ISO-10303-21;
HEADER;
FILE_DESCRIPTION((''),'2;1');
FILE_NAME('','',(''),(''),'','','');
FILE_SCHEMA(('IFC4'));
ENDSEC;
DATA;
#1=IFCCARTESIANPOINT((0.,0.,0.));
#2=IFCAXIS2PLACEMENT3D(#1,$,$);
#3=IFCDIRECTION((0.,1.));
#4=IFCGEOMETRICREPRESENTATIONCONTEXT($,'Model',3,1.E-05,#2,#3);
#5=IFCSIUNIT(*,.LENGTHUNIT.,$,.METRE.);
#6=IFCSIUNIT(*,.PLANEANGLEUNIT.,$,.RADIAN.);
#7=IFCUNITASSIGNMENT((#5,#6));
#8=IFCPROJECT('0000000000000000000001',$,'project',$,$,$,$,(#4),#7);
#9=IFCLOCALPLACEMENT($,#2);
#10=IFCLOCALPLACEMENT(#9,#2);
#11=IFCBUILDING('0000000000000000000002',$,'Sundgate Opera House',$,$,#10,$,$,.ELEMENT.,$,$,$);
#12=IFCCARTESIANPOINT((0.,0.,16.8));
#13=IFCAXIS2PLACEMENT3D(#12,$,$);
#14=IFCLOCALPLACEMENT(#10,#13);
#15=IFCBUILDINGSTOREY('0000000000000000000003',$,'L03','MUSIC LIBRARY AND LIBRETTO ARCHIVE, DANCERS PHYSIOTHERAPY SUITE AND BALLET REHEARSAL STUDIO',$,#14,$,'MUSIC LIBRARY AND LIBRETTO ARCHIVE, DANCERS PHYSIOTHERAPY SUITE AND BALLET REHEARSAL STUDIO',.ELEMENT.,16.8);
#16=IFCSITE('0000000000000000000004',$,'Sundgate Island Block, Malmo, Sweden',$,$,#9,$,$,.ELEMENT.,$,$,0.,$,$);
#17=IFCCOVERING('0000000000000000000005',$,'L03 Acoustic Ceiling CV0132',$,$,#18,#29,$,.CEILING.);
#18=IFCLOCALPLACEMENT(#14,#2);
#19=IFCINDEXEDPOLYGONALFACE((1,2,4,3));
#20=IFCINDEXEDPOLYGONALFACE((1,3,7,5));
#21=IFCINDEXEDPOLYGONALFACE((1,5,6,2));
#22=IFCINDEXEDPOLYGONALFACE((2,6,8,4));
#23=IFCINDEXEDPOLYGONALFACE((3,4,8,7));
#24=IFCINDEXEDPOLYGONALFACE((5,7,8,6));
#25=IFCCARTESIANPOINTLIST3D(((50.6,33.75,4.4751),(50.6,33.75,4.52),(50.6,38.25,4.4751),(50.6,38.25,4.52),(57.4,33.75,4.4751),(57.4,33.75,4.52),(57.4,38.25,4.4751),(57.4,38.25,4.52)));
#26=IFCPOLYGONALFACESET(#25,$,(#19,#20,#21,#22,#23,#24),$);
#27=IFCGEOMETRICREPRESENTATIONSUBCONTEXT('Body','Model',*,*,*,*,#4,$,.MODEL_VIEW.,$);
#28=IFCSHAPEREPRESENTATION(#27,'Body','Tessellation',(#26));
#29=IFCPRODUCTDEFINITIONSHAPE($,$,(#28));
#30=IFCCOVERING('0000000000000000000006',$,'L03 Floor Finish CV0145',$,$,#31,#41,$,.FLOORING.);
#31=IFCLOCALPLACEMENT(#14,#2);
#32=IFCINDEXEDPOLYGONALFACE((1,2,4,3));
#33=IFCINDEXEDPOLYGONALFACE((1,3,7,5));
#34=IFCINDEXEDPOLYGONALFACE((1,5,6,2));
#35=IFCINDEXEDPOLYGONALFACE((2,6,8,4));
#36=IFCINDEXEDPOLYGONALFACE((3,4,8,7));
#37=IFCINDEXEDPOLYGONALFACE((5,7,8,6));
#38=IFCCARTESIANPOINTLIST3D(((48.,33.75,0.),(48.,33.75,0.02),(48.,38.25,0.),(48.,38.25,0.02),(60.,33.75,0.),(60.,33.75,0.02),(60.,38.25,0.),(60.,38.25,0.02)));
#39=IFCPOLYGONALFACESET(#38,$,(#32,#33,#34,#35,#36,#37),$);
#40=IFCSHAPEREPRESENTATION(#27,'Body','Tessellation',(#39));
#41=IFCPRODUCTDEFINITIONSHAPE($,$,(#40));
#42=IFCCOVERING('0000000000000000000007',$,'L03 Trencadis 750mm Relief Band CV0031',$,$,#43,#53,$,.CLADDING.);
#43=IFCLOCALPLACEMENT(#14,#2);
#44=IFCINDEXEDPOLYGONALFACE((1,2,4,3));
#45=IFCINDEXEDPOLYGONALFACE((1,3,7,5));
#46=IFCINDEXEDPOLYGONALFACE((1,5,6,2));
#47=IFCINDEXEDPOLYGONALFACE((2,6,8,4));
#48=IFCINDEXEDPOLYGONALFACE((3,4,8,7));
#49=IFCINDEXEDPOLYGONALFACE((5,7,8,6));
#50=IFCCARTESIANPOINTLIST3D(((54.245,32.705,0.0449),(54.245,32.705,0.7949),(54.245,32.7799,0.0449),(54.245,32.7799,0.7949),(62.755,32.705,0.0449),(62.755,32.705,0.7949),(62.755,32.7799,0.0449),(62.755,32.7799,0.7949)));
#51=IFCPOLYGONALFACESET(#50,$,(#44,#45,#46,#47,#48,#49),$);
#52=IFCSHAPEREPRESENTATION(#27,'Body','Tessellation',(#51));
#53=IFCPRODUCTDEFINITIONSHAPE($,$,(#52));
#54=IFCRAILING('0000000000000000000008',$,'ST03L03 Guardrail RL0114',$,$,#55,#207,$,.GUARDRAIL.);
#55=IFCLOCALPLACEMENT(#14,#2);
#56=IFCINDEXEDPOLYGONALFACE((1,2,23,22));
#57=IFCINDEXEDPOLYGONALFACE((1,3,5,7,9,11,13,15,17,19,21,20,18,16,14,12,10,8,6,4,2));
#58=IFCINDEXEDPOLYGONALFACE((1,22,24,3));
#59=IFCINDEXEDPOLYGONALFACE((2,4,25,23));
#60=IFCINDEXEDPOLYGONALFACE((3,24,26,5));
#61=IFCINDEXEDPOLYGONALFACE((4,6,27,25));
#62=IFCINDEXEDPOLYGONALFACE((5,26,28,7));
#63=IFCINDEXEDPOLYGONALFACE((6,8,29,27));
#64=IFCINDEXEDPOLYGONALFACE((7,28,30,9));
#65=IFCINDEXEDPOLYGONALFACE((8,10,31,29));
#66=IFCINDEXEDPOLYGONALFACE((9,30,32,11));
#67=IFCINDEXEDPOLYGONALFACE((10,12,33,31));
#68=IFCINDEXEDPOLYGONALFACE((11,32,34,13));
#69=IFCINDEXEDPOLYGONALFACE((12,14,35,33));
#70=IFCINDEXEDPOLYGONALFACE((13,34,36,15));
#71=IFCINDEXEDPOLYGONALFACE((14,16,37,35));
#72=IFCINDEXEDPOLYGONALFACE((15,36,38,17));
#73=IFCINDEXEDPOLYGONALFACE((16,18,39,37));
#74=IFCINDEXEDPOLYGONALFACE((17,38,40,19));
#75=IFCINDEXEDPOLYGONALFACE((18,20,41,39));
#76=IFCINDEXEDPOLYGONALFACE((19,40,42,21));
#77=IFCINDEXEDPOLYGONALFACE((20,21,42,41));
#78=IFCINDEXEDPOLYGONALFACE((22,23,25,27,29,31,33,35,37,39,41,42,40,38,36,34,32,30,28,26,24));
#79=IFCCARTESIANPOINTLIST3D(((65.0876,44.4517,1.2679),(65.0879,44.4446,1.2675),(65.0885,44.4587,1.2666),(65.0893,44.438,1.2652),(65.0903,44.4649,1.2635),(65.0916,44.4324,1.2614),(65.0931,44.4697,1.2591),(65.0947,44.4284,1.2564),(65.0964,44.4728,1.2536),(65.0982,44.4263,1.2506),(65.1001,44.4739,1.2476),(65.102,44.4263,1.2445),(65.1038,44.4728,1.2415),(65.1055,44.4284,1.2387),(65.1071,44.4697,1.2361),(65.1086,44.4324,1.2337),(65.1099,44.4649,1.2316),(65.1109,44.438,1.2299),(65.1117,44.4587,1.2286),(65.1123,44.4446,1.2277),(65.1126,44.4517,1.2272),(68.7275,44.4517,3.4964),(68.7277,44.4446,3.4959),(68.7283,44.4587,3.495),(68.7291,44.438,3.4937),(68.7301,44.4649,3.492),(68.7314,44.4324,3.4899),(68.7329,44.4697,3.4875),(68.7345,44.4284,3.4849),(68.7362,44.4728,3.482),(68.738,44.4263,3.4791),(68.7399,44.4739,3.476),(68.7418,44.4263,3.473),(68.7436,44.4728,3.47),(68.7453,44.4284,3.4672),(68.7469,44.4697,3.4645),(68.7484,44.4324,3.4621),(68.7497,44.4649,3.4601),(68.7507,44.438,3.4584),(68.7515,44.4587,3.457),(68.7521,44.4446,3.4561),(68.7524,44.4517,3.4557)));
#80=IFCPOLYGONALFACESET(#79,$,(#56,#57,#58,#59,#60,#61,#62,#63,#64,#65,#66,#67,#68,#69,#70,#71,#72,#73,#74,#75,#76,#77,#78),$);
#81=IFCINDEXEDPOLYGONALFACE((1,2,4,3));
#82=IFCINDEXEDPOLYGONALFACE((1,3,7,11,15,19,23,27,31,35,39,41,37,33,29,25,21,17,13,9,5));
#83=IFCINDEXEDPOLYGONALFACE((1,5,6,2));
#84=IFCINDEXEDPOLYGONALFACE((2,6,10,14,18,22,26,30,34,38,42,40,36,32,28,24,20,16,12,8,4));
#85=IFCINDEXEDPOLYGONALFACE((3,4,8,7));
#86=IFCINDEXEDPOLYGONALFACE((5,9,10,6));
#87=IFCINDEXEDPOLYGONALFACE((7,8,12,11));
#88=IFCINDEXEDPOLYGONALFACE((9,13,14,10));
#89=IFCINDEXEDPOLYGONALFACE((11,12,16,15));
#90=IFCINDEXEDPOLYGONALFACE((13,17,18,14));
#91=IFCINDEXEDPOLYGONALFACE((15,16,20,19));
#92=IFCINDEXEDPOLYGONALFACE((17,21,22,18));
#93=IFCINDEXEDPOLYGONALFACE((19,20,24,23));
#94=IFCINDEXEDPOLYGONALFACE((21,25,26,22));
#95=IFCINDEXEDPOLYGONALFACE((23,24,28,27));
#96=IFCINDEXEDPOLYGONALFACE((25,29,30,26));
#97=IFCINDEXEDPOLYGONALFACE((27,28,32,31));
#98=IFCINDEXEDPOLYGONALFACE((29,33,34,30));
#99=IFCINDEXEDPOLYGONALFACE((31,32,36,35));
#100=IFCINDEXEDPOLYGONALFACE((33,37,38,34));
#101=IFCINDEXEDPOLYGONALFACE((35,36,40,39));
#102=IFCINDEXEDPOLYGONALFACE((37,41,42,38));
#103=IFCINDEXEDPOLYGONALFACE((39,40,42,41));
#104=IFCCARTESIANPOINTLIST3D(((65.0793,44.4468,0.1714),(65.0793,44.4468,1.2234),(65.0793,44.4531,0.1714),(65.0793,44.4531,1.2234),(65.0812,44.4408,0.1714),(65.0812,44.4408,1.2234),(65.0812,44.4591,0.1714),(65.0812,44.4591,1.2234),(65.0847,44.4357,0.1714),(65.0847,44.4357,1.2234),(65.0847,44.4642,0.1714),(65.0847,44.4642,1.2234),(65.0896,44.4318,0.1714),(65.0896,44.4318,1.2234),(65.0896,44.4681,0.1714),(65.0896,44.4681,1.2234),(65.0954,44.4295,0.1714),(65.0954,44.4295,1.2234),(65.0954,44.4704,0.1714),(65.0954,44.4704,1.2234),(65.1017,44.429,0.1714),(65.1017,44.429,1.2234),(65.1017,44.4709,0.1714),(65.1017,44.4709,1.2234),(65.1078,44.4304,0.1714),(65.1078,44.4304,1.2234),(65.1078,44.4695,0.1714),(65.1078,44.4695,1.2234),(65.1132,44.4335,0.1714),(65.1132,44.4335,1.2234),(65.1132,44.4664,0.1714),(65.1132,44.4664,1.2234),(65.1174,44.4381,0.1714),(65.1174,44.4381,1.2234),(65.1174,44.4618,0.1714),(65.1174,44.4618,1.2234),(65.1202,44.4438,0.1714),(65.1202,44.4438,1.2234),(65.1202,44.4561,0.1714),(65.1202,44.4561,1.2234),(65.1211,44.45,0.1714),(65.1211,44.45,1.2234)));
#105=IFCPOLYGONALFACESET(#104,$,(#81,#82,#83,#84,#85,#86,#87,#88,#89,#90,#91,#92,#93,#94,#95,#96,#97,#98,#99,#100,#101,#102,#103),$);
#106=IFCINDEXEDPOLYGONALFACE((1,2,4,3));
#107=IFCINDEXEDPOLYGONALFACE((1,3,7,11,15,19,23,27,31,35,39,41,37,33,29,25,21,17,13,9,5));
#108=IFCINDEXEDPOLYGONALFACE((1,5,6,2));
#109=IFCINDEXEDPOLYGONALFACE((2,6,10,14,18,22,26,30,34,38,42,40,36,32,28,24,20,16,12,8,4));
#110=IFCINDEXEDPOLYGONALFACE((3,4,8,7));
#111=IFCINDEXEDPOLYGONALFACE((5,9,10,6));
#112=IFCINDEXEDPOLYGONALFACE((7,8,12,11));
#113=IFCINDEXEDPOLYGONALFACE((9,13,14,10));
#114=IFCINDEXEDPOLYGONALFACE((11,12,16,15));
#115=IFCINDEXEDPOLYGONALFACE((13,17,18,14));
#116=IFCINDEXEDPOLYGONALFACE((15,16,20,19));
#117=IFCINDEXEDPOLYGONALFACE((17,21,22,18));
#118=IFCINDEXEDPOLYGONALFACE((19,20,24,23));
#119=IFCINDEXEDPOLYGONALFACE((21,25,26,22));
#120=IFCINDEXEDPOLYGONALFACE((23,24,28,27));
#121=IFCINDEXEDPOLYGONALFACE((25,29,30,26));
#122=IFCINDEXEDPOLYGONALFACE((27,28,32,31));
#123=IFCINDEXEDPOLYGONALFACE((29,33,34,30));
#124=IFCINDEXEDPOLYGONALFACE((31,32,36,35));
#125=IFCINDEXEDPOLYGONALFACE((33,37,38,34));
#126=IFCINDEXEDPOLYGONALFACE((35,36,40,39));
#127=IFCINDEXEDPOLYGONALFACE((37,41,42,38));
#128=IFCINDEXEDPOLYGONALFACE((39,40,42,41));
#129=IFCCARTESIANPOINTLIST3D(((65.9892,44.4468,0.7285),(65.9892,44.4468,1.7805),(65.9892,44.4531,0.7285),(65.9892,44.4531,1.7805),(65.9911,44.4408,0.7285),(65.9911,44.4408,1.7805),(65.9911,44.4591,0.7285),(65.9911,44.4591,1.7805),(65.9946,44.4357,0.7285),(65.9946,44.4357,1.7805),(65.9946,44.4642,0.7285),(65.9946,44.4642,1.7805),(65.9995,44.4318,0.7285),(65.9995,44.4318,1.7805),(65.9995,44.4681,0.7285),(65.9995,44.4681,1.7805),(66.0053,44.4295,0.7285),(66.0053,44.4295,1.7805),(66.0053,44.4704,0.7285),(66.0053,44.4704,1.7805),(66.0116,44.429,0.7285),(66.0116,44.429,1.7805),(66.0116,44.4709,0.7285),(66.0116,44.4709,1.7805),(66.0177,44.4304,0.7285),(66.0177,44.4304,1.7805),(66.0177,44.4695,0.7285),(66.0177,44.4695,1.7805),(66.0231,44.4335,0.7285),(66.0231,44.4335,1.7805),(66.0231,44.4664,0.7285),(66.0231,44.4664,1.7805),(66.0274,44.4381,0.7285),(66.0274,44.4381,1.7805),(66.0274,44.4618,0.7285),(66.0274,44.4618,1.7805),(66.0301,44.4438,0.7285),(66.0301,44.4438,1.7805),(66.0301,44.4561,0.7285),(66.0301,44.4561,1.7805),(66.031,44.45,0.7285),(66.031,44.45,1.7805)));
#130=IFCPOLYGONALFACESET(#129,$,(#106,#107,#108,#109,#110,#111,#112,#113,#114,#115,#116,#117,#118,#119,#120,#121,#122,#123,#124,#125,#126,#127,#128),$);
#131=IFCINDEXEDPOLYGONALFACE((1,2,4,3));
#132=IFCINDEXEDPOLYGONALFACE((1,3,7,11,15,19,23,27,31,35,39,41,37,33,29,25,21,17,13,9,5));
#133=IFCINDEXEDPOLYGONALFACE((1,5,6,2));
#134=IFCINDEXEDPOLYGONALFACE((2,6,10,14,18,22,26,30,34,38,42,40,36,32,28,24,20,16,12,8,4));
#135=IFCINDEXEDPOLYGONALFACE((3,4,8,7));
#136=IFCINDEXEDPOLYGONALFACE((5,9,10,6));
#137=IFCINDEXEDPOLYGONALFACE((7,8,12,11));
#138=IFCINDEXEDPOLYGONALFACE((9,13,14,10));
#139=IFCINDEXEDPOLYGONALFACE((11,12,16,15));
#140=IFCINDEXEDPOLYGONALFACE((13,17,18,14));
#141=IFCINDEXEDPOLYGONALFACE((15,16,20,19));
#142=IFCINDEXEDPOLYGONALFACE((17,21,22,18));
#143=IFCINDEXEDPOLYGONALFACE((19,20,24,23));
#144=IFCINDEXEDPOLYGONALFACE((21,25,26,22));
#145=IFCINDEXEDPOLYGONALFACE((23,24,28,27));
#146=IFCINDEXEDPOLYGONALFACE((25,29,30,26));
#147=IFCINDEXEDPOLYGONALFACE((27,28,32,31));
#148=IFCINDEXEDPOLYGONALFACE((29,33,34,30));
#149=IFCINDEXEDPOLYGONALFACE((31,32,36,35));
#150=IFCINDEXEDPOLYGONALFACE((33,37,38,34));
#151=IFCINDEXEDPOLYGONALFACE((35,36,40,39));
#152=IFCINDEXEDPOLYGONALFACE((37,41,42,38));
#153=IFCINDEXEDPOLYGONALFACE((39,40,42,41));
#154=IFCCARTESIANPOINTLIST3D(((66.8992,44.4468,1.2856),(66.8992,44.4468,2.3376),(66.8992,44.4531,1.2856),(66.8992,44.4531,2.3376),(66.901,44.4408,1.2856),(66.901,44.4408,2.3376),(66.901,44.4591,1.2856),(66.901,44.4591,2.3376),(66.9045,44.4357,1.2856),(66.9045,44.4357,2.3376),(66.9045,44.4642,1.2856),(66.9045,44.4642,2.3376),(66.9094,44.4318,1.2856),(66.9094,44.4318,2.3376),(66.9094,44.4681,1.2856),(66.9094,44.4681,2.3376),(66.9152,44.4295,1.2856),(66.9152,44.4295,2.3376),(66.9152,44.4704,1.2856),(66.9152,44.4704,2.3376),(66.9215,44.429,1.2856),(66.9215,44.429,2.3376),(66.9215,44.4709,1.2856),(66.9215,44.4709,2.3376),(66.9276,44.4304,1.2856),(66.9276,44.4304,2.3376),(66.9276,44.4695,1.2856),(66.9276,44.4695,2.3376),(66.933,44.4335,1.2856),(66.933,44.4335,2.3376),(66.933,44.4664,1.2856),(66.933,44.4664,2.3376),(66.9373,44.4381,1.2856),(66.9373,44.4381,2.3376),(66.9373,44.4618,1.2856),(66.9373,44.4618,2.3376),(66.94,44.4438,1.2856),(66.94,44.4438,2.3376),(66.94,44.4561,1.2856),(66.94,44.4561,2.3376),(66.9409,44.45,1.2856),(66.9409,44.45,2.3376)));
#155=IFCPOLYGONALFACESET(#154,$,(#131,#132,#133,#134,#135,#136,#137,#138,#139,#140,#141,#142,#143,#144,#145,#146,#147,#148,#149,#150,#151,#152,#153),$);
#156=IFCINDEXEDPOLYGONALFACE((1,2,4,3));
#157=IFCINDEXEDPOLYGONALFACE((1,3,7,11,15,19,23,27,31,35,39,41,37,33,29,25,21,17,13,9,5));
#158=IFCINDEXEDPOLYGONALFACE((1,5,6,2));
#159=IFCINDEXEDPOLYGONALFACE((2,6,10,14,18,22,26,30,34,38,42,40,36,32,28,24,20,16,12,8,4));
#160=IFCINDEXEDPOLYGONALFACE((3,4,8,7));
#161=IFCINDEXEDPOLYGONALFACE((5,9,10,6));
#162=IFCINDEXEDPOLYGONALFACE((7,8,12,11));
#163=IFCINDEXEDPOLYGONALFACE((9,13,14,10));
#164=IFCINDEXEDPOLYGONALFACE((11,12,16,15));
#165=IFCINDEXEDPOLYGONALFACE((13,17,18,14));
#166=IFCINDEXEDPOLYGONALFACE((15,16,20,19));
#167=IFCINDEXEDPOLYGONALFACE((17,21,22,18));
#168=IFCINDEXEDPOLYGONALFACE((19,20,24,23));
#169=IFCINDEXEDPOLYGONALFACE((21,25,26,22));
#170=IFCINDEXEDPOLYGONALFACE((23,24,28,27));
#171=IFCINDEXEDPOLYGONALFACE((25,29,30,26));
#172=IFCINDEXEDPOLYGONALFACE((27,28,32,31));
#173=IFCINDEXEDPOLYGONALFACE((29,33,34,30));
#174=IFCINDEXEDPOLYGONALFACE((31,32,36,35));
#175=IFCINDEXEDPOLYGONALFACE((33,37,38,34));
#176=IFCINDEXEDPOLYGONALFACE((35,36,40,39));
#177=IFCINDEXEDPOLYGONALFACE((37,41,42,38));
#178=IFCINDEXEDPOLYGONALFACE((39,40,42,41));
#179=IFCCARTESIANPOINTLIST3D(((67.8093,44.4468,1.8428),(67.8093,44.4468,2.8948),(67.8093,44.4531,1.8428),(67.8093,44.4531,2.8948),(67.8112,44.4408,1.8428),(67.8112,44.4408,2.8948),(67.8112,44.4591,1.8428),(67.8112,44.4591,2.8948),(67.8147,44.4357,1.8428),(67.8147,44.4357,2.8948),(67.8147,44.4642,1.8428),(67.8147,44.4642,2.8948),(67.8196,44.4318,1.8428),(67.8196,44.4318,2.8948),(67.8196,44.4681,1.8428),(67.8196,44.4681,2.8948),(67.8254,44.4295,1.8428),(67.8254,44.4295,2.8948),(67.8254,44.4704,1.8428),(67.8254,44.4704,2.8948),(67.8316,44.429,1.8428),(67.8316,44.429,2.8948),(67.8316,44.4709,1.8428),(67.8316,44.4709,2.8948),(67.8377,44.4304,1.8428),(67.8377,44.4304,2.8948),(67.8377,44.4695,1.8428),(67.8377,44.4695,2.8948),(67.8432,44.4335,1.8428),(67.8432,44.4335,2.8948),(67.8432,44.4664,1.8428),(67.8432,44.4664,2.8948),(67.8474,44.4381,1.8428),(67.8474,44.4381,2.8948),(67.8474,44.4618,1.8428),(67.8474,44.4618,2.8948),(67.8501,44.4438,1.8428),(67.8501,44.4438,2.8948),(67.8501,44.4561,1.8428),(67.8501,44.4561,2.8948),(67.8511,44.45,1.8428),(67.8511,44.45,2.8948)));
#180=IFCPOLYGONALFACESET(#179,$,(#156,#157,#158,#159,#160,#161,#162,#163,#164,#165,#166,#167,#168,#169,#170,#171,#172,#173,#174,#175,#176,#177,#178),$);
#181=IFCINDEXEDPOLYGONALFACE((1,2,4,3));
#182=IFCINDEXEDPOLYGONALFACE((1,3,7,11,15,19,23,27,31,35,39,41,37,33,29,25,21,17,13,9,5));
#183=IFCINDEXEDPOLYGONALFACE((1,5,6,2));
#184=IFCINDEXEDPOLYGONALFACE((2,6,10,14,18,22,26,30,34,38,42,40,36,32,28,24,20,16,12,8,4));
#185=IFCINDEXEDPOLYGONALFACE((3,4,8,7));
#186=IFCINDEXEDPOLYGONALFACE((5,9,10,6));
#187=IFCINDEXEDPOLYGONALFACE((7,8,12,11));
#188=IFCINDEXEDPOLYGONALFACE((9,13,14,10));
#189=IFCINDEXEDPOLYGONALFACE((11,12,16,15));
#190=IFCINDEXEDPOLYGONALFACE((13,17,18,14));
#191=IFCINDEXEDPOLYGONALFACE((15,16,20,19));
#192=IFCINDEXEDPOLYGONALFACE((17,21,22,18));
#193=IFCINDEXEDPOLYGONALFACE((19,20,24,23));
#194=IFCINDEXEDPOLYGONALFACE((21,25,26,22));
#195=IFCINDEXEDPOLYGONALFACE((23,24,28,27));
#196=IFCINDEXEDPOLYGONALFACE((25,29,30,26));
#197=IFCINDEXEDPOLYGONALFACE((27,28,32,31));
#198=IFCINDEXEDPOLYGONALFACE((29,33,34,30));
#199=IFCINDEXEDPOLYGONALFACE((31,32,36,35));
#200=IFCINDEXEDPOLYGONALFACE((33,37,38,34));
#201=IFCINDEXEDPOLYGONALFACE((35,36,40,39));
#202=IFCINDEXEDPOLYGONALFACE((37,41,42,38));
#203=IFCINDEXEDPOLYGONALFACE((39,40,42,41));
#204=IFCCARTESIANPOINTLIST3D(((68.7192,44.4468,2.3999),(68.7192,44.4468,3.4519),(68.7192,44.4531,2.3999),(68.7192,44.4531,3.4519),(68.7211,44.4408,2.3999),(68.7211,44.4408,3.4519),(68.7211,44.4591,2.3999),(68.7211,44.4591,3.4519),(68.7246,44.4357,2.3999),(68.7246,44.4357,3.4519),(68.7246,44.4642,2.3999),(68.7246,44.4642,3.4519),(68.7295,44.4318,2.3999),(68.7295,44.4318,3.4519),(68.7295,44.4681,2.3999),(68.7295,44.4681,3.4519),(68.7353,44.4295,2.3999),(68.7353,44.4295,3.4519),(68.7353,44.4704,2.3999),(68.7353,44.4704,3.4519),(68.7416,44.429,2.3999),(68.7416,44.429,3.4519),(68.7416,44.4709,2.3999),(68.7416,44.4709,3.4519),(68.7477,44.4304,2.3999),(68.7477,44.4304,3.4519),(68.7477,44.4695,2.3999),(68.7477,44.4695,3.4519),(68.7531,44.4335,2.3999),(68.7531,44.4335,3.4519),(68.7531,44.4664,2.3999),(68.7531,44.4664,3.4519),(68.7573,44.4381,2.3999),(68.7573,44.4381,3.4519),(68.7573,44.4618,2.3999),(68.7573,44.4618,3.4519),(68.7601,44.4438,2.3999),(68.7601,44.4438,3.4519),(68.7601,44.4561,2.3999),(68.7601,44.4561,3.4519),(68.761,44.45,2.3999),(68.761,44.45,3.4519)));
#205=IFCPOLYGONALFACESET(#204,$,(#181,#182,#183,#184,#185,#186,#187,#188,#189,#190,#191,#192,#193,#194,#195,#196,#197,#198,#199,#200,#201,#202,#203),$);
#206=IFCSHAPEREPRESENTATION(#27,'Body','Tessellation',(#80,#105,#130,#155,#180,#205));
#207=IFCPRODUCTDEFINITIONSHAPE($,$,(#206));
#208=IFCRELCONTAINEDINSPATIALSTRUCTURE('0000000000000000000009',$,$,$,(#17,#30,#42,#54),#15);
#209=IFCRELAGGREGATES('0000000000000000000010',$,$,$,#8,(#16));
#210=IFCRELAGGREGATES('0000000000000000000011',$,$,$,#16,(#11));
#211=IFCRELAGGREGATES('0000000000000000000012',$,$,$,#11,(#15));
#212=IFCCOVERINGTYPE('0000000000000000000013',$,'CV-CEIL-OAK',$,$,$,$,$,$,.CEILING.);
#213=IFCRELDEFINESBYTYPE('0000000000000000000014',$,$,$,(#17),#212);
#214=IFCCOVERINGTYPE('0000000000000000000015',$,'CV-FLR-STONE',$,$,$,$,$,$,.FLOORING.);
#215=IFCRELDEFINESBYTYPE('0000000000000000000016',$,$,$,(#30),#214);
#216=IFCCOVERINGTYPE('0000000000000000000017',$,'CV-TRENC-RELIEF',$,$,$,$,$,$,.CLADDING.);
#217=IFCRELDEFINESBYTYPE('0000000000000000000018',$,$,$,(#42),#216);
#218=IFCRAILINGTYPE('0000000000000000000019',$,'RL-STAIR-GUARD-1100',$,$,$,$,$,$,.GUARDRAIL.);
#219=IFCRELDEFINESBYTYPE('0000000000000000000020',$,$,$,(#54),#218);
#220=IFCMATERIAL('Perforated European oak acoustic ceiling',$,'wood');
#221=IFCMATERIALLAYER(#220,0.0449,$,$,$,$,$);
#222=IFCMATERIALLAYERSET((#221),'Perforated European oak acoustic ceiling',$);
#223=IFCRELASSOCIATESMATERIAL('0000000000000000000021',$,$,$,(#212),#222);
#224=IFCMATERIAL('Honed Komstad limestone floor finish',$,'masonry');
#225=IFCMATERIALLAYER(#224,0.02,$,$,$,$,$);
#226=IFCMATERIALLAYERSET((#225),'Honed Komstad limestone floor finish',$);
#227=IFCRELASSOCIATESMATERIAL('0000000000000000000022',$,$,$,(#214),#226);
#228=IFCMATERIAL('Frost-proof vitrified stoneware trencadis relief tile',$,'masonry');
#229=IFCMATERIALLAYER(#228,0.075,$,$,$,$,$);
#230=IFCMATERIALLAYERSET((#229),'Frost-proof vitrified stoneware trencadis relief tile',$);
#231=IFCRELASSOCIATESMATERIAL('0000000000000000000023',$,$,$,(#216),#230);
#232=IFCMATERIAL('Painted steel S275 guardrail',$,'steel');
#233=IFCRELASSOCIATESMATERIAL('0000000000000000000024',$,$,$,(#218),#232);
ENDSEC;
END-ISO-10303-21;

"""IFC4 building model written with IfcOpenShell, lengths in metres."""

from ifc_helpers import new_model, si_unit, direction, frame, origin, origin_2d, place, context, subcontext, project, spatial, rectangle, circle, extrude, material, layer, layer_set, type_object, element, save


model = new_model("IFC4")

# Units and contexts
model_context = context("Model", 3, precision=1e-05, world=origin(), true_north=direction((0.0, 1.0)))
body_context = subcontext(model_context, "Body", "Model", "MODEL_VIEW")
ifc_project = project(units=[si_unit("LENGTHUNIT", "METRE"), si_unit("PLANEANGLEUNIT", "RADIAN")], contexts=[model_context])

# Site, building, storey
site_placement = place(None, origin())
site = spatial("IfcSite", under=ifc_project, at=site_placement, Name="Sundgate Island Block, Malmo, Sweden", CompositionType="ELEMENT", RefElevation=0.0)
building_placement = place(site_placement, origin())
building = spatial("IfcBuilding", under=site, at=building_placement, Name="Sundgate Opera House", CompositionType="ELEMENT")
storey_placement = place(building_placement, frame((0.0, 0.0, 16.8)))
storey = spatial("IfcBuildingStorey", under=building, at=storey_placement, Name="L03", Description="MUSIC LIBRARY AND LIBRETTO ARCHIVE, DANCERS PHYSIOTHERAPY SUITE AND BALLET REHEARSAL STUDIO", LongName="MUSIC LIBRARY AND LIBRETTO ARCHIVE, DANCERS PHYSIOTHERAPY SUITE AND BALLET REHEARSAL STUDIO", CompositionType="ELEMENT", Elevation=16.8)

# Coverings
ifc_material_1 = material(Name="Perforated European oak acoustic ceiling", Category="wood")
ifc_layer_1 = layer(ifc_material_1, 0.0449)
ifc_layer_set_1 = layer_set([ifc_layer_1], Name="Perforated European oak acoustic ceiling")
covering_type_1 = type_object("IfcCoveringType", Name="CV-CEIL-OAK", PredefinedType="CEILING", material=ifc_layer_set_1)
covering_1_placement = place(storey_placement, frame((54.0, 36.0, 4.4751), z_axis=(0.0, 0.0, 1.0), x_axis=(1.0, 0.0, 0.0)))
element("IfcCovering", 1, at=covering_1_placement, inside=storey, type_object=covering_type_1, Name="L03 Acoustic Ceiling CV0132", PredefinedType="CEILING", context=body_context, shape_type="SweptSolid", body=[
    extrude(rectangle(XDim=6.8, YDim=4.5, at=origin_2d()), origin(), (0.0, 0.0, 1.0), 0.0449),
])
ifc_material_2 = material(Name="Honed Komstad limestone floor finish", Category="masonry")
ifc_layer_2 = layer(ifc_material_2, 0.02)
ifc_layer_set_2 = layer_set([ifc_layer_2], Name="Honed Komstad limestone floor finish")
covering_type_2 = type_object("IfcCoveringType", Name="CV-FLR-STONE", PredefinedType="FLOORING", material=ifc_layer_set_2)
covering_2_placement = place(storey_placement, frame((54.0, 36.0, 0.0), z_axis=(0.0, 0.0, 1.0), x_axis=(1.0, 0.0, 0.0)))
element("IfcCovering", 2, at=covering_2_placement, inside=storey, type_object=covering_type_2, Name="L03 Floor Finish CV0145", PredefinedType="FLOORING", context=body_context, shape_type="SweptSolid", body=[
    extrude(rectangle(XDim=12.0, YDim=4.5, at=origin_2d()), origin(), (0.0, 0.0, 1.0), 0.02),
])
ifc_material_3 = material(Name="Frost-proof vitrified stoneware trencadis relief tile", Category="masonry")
ifc_layer_3 = layer(ifc_material_3, 0.075)
ifc_layer_set_3 = layer_set([ifc_layer_3], Name="Frost-proof vitrified stoneware trencadis relief tile")
covering_type_3 = type_object("IfcCoveringType", Name="CV-TRENC-RELIEF", PredefinedType="CLADDING", material=ifc_layer_set_3)
covering_3_placement = place(storey_placement, frame((58.5, 32.7424, 0.0449), z_axis=(0.0, 0.0, 1.0), x_axis=(1.0, 0.0, 0.0)))
element("IfcCovering", 3, at=covering_3_placement, inside=storey, type_object=covering_type_3, Name="L03 Trencadis 750mm Relief Band CV0031", PredefinedType="CLADDING", context=body_context, shape_type="SweptSolid", body=[
    extrude(rectangle(XDim=8.51, YDim=0.075, at=origin_2d()), origin(), (0.0, 0.0, 1.0), 0.75),
])

# Railing
ifc_material_4 = material(Name="Painted steel S275 guardrail", Category="steel")
railing_type_1 = type_object("IfcRailingType", Name="RL-STAIR-GUARD-1100", PredefinedType="GUARDRAIL", material=ifc_material_4)
railing_1_placement = place(storey_placement, frame((65.1001, 44.45, 0.1714)))
element("IfcRailing", 4, at=railing_1_placement, inside=storey, type_object=railing_type_1, Name="ST03L03 Guardrail RL0114", PredefinedType="GUARDRAIL", context=body_context, shape_type="SweptSolid", body=[
    extrude(circle(Radius=0.0239, at=origin_2d()), frame((0.0, 0.0, 1.0762), z_axis=(0.85285, 0.0, 0.522156), x_axis=(0.0, 1.0, 0.0)), (0.0, 0.0, 1.0), 4.2678),
    extrude(circle(Radius=0.021, at=origin_2d()), origin(), (0.0, 0.0, 1.0), 1.052),
    extrude(circle(Radius=0.021, at=origin_2d()), frame((0.9099, 0.0, 0.5571)), (0.0, 0.0, 1.0), 1.052),
    extrude(circle(Radius=0.021, at=origin_2d()), frame((1.8198, 0.0, 1.1143)), (0.0, 0.0, 1.0), 1.052),
    extrude(circle(Radius=0.021, at=origin_2d()), frame((2.73, 0.0, 1.6714)), (0.0, 0.0, 1.0), 1.052),
    extrude(circle(Radius=0.021, at=origin_2d()), frame((3.6399, 0.0, 2.2285)), (0.0, 0.0, 1.0), 1.052),
])

save(model, "model.ifc")
